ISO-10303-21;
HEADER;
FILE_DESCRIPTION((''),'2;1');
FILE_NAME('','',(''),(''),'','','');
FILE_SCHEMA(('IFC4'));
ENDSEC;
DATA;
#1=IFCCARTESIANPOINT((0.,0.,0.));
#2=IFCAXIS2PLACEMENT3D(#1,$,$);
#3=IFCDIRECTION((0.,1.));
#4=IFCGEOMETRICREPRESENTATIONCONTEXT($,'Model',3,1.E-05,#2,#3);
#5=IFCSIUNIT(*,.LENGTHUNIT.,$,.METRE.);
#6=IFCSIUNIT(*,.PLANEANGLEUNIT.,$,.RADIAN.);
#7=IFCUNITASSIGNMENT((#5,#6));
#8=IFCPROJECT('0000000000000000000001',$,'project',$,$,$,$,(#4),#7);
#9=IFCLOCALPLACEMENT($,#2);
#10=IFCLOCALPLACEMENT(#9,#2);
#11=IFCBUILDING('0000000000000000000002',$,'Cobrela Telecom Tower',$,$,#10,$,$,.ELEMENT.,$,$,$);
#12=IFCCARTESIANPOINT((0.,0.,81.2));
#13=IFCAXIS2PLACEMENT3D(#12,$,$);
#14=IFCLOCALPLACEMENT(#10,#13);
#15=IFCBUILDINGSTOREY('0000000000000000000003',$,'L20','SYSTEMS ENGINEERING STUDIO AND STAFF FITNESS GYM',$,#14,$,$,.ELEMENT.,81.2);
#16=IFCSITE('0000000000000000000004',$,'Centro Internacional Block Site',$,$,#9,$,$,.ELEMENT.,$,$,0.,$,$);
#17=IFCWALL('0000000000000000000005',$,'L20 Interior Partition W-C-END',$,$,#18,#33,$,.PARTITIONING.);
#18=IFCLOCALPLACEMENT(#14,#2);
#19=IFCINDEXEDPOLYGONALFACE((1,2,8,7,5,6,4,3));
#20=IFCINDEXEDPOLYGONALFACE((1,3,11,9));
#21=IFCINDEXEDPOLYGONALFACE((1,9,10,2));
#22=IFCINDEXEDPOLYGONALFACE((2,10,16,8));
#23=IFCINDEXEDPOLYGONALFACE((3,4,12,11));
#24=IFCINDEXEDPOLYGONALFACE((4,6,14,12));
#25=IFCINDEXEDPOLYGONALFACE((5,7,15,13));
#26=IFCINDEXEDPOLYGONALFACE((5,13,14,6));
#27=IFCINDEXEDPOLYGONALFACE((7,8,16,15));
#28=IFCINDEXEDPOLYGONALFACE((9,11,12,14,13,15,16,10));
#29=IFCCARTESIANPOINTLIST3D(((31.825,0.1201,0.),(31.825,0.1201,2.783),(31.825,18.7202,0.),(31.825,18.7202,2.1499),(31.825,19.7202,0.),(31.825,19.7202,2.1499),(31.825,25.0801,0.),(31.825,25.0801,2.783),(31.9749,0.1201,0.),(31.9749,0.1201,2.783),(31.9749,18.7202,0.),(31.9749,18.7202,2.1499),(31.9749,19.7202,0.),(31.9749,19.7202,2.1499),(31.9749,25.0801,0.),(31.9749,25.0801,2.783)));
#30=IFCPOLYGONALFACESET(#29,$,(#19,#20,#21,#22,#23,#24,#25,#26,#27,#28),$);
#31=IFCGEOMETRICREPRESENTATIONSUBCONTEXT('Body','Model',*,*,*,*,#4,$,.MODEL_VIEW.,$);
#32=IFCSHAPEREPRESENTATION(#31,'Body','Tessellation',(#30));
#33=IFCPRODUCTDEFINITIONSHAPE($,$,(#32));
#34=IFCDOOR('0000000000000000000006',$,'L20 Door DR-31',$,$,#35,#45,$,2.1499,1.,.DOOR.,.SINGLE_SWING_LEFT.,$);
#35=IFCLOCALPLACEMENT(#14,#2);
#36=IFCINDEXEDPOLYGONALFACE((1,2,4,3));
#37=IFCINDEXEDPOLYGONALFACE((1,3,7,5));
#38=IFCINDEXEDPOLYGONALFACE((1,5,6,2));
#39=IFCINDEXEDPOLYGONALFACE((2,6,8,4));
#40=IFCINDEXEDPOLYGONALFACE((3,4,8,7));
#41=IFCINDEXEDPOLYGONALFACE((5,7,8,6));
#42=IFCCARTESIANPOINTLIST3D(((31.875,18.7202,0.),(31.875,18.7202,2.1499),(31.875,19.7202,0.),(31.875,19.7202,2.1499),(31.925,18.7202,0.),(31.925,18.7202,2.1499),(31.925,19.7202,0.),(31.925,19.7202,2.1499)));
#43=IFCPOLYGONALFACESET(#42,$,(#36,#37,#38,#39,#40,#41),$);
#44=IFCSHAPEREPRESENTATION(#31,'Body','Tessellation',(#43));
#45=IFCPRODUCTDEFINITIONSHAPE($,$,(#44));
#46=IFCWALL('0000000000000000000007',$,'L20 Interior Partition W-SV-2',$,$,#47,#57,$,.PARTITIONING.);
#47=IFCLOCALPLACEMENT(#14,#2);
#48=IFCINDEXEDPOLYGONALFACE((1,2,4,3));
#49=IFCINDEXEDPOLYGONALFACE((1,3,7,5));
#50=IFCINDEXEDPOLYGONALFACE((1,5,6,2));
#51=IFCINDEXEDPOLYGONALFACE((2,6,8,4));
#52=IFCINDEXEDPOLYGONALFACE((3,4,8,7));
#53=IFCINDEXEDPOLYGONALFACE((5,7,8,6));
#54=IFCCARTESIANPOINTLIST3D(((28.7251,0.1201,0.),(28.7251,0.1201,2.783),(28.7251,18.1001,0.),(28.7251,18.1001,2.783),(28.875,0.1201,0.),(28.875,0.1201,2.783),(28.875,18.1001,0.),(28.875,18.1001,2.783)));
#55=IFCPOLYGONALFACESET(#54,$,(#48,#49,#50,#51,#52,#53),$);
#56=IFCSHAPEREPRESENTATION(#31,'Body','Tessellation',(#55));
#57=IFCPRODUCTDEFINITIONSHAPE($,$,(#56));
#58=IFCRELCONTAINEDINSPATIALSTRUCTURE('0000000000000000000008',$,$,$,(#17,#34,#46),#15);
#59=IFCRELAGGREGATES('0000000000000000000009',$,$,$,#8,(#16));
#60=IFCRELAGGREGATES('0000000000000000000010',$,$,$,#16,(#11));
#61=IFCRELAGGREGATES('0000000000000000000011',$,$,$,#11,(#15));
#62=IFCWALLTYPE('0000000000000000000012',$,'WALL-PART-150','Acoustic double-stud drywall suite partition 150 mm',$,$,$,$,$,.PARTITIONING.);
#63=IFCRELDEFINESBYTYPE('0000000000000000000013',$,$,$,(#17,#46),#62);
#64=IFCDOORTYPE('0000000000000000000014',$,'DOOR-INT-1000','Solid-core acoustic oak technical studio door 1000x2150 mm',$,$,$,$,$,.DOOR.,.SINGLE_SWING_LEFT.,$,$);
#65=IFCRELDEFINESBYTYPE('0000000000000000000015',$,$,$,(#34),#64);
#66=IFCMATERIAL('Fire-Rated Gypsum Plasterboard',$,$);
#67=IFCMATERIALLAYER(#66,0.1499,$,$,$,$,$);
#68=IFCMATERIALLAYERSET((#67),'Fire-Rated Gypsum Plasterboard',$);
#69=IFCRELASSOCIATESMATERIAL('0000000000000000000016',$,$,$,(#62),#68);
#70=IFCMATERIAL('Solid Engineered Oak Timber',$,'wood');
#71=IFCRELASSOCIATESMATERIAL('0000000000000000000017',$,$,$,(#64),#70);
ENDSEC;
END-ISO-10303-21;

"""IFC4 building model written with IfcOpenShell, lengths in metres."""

from ifc_helpers import new_model, si_unit, direction, frame, frame_2d, origin, place, context, subcontext, project, spatial, rectangle, extrude, material, layer, layer_set, type_object, element, fill, save


model = new_model("IFC4")

# Units and contexts
model_context = context("Model", 3, precision=1e-05, world=origin(), true_north=direction((0.0, 1.0)))
body_context = subcontext(model_context, "Body", "Model", "MODEL_VIEW")
ifc_project = project(units=[si_unit("LENGTHUNIT", "METRE"), si_unit("PLANEANGLEUNIT", "RADIAN")], contexts=[model_context])

# Site, building, storey
site_placement = place(None, origin())
site = spatial("IfcSite", under=ifc_project, at=site_placement, Name="Centro Internacional Block Site", CompositionType="ELEMENT", RefElevation=0.0)
building_placement = place(site_placement, origin())
building = spatial("IfcBuilding", under=site, at=building_placement, Name="Cobrela Telecom Tower", CompositionType="ELEMENT")
storey_placement = place(building_placement, frame((0.0, 0.0, 81.2)))
storey = spatial("IfcBuildingStorey", under=building, at=storey_placement, Name="L20", Description="SYSTEMS ENGINEERING STUDIO AND STAFF FITNESS GYM", CompositionType="ELEMENT", Elevation=81.2)

# Wall, opening, door
ifc_material_1 = material(Name="Fire-Rated Gypsum Plasterboard")
ifc_layer_1 = layer(ifc_material_1, 0.1499)
ifc_layer_set_1 = layer_set([ifc_layer_1], Name="Fire-Rated Gypsum Plasterboard")
wall_type = type_object("IfcWallType", Name="WALL-PART-150", Description="Acoustic double-stud drywall suite partition 150 mm", PredefinedType="PARTITIONING", material=ifc_layer_set_1)
wall_1_placement = place(storey_placement, frame((31.8999, 0.1201, 0.0), z_axis=(0.0, 0.0, 1.0), x_axis=(0.0, 1.0, 0.0)))
wall_1 = element("IfcWall", 1, at=wall_1_placement, inside=storey, type_object=wall_type, Name="L20 Interior Partition W-C-END", PredefinedType="PARTITIONING", context=body_context, shape_type="SweptSolid", body=[
    extrude(rectangle(XDim=24.96, YDim=0.1499, at=frame_2d((12.48, 0.0))), origin(), (0.0, 0.0, 1.0), 2.783),
])
opening_placement = place(wall_1_placement, frame((18.6001, 0.0, 0.0)))
opening = element("IfcOpeningElement", 2, at=opening_placement, cuts=wall_1, PredefinedType="OPENING", context=body_context, shape_type="SweptSolid", body=[
    extrude(rectangle(XDim=1.0, YDim=2.1499, at=frame_2d((0.5, 1.075))), frame((0.0, 0.0869, 0.0), z_axis=(0.0, -1.0, 0.0), x_axis=(1.0, 0.0, 0.0)), (0.0, 0.0, 1.0), 0.1738),
])
ifc_material_2 = material(Name="Solid Engineered Oak Timber", Category="wood")
door_type = type_object("IfcDoorType", Name="DOOR-INT-1000", Description="Solid-core acoustic oak technical studio door 1000x2150 mm", OperationType="SINGLE_SWING_LEFT", PredefinedType="DOOR", material=ifc_material_2)
door_placement = place(opening_placement, origin())
door = element("IfcDoor", 3, at=door_placement, inside=storey, type_object=door_type, Name="L20 Door DR-31", OperationType="SINGLE_SWING_LEFT", OverallHeight=2.1499, OverallWidth=1.0, PredefinedType="DOOR", context=body_context, shape_type="SweptSolid", body=[
    extrude(rectangle(XDim=1.0, YDim=2.1499, at=frame_2d((0.5, 1.075))), frame((0.0, 0.0249, 0.0), z_axis=(0.0, -1.0, 0.0), x_axis=(1.0, 0.0, 0.0)), (0.0, 0.0, 1.0), 0.05),
])
fill(opening, door)

# Wall
wall_2_placement = place(storey_placement, frame((28.8, 0.1201, 0.0), z_axis=(0.0, 0.0, 1.0), x_axis=(0.0, 1.0, 0.0)))
element("IfcWall", 4, at=wall_2_placement, inside=storey, type_object=wall_type, Name="L20 Interior Partition W-SV-2", PredefinedType="PARTITIONING", context=body_context, shape_type="SweptSolid", body=[
    extrude(rectangle(XDim=17.98, YDim=0.1499, at=frame_2d((8.99, 0.0))), origin(), (0.0, 0.0, 1.0), 2.783),
])

save(model, "model.ifc")
